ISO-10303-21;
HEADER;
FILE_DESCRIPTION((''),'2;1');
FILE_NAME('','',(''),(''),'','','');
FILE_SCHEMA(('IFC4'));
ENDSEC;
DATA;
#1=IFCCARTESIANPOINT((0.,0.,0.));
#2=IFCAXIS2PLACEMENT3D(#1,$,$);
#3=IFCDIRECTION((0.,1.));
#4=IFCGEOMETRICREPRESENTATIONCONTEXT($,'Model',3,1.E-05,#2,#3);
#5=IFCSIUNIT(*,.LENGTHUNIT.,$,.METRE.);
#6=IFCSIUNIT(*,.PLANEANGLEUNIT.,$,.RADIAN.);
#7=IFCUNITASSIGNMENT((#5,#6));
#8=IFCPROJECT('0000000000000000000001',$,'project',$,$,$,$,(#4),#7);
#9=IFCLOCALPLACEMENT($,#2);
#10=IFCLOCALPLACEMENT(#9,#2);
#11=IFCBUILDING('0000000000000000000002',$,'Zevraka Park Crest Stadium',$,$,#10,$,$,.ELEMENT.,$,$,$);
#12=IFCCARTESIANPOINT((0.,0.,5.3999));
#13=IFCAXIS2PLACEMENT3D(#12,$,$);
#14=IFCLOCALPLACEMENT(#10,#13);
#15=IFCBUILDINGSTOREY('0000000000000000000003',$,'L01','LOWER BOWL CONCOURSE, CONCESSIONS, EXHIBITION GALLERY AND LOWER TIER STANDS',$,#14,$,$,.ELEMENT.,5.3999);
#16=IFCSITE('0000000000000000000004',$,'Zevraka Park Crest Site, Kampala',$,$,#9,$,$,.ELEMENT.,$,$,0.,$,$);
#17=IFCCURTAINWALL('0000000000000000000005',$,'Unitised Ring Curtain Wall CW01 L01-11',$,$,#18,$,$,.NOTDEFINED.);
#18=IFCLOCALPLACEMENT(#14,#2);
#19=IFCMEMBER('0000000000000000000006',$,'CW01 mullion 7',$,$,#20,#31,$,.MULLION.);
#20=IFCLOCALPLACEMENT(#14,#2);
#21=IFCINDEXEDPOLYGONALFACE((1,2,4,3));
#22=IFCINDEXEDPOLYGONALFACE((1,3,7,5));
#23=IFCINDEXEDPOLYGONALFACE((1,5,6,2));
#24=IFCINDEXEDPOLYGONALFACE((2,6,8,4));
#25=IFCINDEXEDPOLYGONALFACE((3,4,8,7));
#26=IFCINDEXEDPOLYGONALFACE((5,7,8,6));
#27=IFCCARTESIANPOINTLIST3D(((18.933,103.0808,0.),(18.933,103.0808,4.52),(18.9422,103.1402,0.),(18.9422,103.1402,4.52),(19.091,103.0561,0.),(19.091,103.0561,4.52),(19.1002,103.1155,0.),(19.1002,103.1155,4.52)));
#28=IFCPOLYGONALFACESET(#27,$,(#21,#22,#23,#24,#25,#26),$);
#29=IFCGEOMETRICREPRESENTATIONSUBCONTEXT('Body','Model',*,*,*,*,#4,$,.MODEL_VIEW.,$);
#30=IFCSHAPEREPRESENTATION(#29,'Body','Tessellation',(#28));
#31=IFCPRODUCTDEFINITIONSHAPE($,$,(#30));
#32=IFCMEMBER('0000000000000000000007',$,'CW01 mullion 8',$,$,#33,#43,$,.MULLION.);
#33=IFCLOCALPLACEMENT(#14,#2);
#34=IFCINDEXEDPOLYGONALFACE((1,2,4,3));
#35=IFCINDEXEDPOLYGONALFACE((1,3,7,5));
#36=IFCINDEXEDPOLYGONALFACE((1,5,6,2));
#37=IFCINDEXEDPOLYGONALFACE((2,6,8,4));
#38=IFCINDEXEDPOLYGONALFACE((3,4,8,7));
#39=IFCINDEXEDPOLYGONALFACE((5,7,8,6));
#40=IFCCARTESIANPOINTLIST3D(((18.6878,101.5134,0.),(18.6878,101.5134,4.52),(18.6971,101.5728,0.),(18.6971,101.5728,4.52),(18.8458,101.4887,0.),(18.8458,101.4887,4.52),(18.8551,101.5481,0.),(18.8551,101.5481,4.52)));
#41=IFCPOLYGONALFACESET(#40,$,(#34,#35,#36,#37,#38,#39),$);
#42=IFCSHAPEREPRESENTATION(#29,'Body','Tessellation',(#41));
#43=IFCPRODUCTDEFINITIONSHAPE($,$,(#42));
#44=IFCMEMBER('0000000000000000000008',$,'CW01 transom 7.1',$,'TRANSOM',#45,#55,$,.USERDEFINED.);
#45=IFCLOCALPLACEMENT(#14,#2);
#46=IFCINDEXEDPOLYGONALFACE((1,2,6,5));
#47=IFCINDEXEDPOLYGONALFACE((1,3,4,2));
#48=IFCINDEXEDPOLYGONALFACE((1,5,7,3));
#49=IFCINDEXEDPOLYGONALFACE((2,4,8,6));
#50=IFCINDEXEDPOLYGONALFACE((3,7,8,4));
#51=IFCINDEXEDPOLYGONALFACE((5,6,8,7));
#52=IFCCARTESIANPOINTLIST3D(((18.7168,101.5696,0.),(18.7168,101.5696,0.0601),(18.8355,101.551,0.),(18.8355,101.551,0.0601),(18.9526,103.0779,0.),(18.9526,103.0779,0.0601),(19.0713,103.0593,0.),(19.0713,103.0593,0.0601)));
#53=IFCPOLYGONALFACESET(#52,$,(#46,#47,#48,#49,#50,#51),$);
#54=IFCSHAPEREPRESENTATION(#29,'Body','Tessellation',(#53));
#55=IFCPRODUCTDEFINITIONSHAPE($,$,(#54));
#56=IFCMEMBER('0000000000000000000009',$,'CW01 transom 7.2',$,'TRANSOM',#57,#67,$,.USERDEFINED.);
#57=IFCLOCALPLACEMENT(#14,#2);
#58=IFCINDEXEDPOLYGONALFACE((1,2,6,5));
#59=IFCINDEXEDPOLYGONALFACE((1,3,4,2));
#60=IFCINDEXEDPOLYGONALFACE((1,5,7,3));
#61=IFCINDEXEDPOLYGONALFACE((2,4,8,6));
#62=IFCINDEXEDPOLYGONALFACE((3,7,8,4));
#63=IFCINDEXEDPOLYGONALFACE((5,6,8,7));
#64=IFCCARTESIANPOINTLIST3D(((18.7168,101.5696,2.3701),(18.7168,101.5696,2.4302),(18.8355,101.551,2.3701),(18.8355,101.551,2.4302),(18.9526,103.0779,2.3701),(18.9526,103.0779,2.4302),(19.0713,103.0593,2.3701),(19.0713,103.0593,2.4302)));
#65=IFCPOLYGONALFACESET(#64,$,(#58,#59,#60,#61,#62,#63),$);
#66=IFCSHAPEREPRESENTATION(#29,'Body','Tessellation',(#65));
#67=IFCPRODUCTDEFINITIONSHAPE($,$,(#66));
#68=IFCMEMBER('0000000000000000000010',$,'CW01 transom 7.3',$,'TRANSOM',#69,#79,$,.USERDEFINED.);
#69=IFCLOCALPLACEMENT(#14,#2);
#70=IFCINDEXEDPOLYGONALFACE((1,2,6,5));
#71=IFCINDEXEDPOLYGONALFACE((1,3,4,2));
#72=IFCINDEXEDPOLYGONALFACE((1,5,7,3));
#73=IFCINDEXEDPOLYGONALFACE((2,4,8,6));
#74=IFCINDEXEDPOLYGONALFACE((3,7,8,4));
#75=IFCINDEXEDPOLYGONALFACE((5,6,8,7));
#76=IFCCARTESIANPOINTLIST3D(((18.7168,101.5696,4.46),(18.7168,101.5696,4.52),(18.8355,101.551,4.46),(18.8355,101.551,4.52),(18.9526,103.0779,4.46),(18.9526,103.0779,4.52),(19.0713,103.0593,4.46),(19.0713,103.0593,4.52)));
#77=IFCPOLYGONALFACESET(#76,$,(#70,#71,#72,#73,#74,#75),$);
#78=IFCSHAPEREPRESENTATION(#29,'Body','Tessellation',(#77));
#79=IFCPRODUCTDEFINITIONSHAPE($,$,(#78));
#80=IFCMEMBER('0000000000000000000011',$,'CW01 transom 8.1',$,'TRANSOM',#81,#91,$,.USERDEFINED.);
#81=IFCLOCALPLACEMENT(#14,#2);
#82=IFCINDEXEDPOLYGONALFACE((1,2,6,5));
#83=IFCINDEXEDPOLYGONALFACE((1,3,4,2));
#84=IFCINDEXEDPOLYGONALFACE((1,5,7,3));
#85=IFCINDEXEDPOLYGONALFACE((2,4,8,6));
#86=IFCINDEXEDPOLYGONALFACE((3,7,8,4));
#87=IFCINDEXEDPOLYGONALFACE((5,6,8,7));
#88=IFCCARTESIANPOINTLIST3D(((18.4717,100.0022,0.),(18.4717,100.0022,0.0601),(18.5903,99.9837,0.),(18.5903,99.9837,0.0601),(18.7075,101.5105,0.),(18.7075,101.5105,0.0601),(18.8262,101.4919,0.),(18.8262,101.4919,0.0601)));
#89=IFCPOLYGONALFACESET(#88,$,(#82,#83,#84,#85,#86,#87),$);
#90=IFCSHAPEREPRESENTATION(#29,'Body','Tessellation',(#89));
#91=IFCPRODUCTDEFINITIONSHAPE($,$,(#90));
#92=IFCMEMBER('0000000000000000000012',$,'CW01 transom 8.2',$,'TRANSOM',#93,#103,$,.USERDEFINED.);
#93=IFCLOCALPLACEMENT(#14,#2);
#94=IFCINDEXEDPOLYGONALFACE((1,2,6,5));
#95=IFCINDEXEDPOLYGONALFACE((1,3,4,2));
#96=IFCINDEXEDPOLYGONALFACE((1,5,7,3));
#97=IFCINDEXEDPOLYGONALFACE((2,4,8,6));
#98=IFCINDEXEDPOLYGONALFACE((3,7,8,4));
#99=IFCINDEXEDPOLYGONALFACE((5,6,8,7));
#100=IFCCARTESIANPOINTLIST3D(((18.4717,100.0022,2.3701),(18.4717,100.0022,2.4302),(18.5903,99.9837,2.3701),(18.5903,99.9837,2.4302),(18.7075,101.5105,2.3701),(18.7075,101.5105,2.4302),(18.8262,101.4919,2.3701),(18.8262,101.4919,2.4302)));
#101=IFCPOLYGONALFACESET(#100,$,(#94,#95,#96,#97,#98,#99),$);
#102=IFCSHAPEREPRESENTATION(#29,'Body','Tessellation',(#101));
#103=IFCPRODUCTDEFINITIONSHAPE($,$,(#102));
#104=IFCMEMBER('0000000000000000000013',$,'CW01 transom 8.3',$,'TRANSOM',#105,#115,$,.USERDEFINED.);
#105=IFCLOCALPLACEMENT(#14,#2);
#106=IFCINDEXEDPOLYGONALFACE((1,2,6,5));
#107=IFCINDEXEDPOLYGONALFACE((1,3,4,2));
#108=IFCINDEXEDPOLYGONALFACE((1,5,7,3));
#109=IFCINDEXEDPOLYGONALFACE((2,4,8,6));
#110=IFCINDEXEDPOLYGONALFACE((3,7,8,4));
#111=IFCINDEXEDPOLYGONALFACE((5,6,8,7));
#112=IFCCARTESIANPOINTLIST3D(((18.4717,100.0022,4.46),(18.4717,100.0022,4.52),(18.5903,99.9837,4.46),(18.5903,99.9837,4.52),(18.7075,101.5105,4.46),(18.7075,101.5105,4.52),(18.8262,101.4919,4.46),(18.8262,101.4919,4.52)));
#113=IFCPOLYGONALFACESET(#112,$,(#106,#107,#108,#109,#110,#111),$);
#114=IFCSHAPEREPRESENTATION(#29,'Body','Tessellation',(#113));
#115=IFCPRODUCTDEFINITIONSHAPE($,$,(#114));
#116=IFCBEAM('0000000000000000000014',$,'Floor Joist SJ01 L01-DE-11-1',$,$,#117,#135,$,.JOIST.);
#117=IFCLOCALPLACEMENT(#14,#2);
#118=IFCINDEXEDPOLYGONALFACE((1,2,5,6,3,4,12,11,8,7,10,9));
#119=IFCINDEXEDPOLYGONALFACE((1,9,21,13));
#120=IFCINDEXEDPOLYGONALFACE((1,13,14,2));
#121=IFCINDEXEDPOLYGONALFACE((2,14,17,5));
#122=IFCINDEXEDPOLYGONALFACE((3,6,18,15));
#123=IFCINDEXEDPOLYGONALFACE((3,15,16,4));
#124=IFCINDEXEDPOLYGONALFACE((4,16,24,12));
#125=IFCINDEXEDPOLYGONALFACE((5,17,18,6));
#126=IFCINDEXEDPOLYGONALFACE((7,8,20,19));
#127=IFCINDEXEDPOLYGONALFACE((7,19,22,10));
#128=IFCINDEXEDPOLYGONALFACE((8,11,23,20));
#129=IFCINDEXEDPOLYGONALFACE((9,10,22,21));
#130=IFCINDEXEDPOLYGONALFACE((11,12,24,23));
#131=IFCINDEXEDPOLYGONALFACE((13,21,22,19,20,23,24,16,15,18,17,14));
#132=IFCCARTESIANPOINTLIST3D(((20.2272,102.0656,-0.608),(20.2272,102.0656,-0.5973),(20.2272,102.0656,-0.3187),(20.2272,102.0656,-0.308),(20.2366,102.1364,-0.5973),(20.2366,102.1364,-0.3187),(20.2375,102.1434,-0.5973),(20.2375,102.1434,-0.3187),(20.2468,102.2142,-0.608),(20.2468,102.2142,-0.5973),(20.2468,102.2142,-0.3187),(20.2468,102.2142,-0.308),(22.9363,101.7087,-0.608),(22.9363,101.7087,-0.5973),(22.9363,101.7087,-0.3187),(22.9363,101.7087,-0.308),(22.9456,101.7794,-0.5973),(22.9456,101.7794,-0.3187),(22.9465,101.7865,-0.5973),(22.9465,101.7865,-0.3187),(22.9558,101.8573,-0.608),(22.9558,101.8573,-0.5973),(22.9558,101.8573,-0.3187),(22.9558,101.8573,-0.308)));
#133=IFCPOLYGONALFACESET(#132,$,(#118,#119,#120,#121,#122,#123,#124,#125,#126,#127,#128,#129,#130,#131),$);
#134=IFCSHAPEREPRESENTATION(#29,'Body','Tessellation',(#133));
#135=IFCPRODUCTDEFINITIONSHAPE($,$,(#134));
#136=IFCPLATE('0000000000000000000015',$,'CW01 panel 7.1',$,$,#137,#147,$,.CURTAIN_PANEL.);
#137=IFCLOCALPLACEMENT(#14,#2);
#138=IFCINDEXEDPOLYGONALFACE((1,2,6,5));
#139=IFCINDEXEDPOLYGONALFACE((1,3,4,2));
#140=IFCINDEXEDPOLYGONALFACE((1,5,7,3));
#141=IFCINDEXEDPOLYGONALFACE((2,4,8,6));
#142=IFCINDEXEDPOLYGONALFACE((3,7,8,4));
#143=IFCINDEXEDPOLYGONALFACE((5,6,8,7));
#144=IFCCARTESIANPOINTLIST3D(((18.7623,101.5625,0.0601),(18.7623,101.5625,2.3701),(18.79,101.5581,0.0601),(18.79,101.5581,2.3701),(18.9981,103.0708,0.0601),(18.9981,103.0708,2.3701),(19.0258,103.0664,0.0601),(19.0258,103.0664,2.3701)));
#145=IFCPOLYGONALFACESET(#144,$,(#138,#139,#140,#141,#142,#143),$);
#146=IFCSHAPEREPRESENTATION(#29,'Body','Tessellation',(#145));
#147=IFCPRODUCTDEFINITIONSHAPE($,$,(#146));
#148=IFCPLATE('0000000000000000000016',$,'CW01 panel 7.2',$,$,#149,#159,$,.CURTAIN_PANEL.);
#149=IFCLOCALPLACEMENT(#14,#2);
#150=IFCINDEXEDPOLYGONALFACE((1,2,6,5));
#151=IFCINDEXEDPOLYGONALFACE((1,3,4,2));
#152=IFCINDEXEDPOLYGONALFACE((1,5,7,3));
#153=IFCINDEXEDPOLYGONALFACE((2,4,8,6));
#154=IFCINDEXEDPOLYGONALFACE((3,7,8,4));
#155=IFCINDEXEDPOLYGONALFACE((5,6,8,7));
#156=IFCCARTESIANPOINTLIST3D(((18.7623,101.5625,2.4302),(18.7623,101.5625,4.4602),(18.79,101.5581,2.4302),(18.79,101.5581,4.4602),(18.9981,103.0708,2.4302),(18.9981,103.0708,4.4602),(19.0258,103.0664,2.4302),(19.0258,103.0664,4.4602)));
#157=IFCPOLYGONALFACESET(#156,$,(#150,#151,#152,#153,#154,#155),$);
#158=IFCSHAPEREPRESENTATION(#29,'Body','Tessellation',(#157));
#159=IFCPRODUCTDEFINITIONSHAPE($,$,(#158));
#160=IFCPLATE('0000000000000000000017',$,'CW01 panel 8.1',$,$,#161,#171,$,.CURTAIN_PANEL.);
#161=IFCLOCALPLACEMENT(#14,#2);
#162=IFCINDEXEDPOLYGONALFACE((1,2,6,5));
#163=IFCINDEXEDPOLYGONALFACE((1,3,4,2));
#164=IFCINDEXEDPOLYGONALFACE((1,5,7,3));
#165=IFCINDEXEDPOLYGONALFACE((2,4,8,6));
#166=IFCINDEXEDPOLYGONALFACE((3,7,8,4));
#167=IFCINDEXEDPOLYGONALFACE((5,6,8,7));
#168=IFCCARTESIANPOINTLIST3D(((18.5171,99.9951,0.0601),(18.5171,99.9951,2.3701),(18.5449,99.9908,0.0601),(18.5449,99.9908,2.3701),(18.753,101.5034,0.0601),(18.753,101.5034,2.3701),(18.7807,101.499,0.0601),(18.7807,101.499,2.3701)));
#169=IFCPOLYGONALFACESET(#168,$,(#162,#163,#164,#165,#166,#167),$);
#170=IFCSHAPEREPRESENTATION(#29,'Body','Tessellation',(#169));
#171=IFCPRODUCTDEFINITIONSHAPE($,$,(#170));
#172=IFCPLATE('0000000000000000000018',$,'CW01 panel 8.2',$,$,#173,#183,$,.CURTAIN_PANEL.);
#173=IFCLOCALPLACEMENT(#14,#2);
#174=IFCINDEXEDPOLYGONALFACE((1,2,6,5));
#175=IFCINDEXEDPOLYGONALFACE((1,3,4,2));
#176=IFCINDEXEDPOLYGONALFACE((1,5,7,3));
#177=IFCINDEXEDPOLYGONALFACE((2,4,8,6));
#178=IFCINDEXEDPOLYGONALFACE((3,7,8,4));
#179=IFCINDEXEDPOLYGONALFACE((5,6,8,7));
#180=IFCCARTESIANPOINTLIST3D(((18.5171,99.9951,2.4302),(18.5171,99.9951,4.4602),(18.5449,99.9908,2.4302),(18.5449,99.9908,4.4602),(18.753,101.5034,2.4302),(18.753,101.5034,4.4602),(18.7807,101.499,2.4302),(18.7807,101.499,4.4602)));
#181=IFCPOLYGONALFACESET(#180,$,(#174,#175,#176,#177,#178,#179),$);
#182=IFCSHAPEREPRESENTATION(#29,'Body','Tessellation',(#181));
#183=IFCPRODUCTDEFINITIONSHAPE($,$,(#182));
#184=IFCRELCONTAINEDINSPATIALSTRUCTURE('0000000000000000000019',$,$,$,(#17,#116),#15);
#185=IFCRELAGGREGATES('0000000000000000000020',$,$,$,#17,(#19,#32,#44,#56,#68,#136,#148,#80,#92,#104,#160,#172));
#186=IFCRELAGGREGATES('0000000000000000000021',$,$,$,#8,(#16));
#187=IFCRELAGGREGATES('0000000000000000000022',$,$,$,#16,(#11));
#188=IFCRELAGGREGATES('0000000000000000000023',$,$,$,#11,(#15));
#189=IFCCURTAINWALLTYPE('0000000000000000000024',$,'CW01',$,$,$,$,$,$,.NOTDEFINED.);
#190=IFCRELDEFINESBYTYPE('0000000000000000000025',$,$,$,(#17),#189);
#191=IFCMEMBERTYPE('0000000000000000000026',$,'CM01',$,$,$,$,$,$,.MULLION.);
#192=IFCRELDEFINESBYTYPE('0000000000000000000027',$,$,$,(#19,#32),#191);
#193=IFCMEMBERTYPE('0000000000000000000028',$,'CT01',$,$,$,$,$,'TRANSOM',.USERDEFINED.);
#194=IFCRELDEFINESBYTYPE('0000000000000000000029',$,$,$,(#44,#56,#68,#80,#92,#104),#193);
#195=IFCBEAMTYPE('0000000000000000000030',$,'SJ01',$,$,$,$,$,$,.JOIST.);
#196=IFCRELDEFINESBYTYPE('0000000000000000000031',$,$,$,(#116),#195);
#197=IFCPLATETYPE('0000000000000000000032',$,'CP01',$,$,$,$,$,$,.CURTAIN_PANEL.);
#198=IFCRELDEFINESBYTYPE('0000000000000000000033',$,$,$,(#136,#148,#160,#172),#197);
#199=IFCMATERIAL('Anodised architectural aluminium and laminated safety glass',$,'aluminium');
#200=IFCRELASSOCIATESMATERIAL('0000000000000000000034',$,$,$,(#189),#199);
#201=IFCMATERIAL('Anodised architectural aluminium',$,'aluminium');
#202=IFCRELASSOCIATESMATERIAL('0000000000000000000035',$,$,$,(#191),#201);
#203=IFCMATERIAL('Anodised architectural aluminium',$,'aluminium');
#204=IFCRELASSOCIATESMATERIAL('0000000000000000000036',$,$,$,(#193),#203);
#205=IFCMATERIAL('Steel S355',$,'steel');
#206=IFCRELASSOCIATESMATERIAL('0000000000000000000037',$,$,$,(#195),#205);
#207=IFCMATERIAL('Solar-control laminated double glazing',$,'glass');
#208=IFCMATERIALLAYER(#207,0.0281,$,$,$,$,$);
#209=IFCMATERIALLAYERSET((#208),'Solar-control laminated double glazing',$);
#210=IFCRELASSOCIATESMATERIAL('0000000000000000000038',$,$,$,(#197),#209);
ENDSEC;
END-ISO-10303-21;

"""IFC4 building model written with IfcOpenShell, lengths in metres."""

from ifc_helpers import new_model, si_unit, direction, frame, origin, origin_2d, place, context, subcontext, project, spatial, rectangle, i_section, extrude, material, layer, layer_set, material_profile, profile_set, type_object, element, aggregate, save


model = new_model("IFC4")

# Units and contexts
model_context = context("Model", 3, precision=1e-05, world=origin(), true_north=direction((0.0, 1.0)))
body_context = subcontext(model_context, "Body", "Model", "MODEL_VIEW")
ifc_project = project(units=[si_unit("LENGTHUNIT", "METRE"), si_unit("PLANEANGLEUNIT", "RADIAN")], contexts=[model_context])

# Site, building, storey
site_placement = place(None, origin())
site = spatial("IfcSite", under=ifc_project, at=site_placement, Name="Zevraka Park Crest Site, Kampala", CompositionType="ELEMENT", RefElevation=0.0)
building_placement = place(site_placement, origin())
building = spatial("IfcBuilding", under=site, at=building_placement, Name="Zevraka Park Crest Stadium", CompositionType="ELEMENT")
storey_placement = place(building_placement, frame((0.0, 0.0, 5.3999)))
storey = spatial("IfcBuildingStorey", under=building, at=storey_placement, Name="L01", Description="LOWER BOWL CONCOURSE, CONCESSIONS, EXHIBITION GALLERY AND LOWER TIER STANDS", CompositionType="ELEMENT", Elevation=5.3999)

# Curtain wall, members
ifc_material_1 = material(Name="Anodised architectural aluminium and laminated safety glass", Category="aluminium")
curtain_wall_type = type_object("IfcCurtainWallType", Name="CW01", PredefinedType="NOTDEFINED", material=ifc_material_1)
curtain_wall_placement = place(storey_placement, origin())
curtain_wall = element("IfcCurtainWall", 1, at=curtain_wall_placement, inside=storey, type_object=curtain_wall_type, Name="Unitised Ring Curtain Wall CW01 L01-11", PredefinedType="NOTDEFINED")
ifc_material_2 = material(Name="Anodised architectural aluminium", Category="aluminium")
ifc_material_profile_1 = material_profile(ifc_material_2, rectangle(XDim=0.1599, YDim=0.0601, at=origin_2d()), Name="ALU MULLION 160x60")
ifc_profile_set_1 = profile_set([ifc_material_profile_1], Name="Anodised architectural aluminium")
member_type_1 = type_object("IfcMemberType", Name="CM01", PredefinedType="MULLION", material=ifc_profile_set_1)
member_1_placement = place(storey_placement, frame((19.0166, 103.0981, 0.0), z_axis=(0.0, 0.0, 1.0), x_axis=(0.987997, -0.154476, 0.0)))
member_1 = element("IfcMember", 2, at=member_1_placement, type_object=member_type_1, Name="CW01 mullion 7", PredefinedType="MULLION", context=body_context, shape_type="SweptSolid", body=[
    extrude(rectangle(XDim=0.1599, YDim=0.0601, at=origin_2d()), origin(), (0.0, 0.0, 1.0), 4.52),
])
member_2_placement = place(storey_placement, frame((18.7715, 101.5308, 0.0), z_axis=(0.0, 0.0, 1.0), x_axis=(0.987997, -0.154476, 0.0)))
member_2 = element("IfcMember", 3, at=member_2_placement, type_object=member_type_1, Name="CW01 mullion 8", PredefinedType="MULLION", context=body_context, shape_type="SweptSolid", body=[
    extrude(rectangle(XDim=0.1599, YDim=0.0601, at=origin_2d()), origin(), (0.0, 0.0, 1.0), 4.52),
])
ifc_material_3 = material(Name="Anodised architectural aluminium", Category="aluminium")
ifc_material_profile_2 = material_profile(ifc_material_3, rectangle(XDim=0.1201, YDim=0.0601, at=origin_2d()), Name="ALU TRANSOM 120x60")
ifc_profile_set_2 = profile_set([ifc_material_profile_2], Name="Anodised architectural aluminium")
member_type_2 = type_object("IfcMemberType", Name="CT01", ElementType="TRANSOM", PredefinedType="USERDEFINED", material=ifc_profile_set_2)
member_3_placement = place(storey_placement, frame((19.012, 103.0686, 0.03), z_axis=(-0.154484, -0.987995, 0.0), x_axis=(0.987995, -0.154484, 0.0)))
member_3 = element("IfcMember", 4, at=member_3_placement, type_object=member_type_2, Name="CW01 transom 7.1", ObjectType="TRANSOM", PredefinedType="USERDEFINED", context=body_context, shape_type="SweptSolid", body=[
    extrude(rectangle(XDim=0.1201, YDim=0.0601, at=origin_2d()), origin(), (0.0, 0.0, 1.0), 1.5266),
])
member_4_placement = place(storey_placement, frame((19.012, 103.0686, 2.4001), z_axis=(-0.154484, -0.987995, 0.0), x_axis=(0.987995, -0.154484, 0.0)))
member_4 = element("IfcMember", 5, at=member_4_placement, type_object=member_type_2, Name="CW01 transom 7.2", ObjectType="TRANSOM", PredefinedType="USERDEFINED", context=body_context, shape_type="SweptSolid", body=[
    extrude(rectangle(XDim=0.1201, YDim=0.0601, at=origin_2d()), origin(), (0.0, 0.0, 1.0), 1.5266),
])
member_5_placement = place(storey_placement, frame((19.012, 103.0686, 4.49), z_axis=(-0.154484, -0.987995, 0.0), x_axis=(0.987995, -0.154484, 0.0)))
member_5 = element("IfcMember", 6, at=member_5_placement, type_object=member_type_2, Name="CW01 transom 7.3", ObjectType="TRANSOM", PredefinedType="USERDEFINED", context=body_context, shape_type="SweptSolid", body=[
    extrude(rectangle(XDim=0.1201, YDim=0.0601, at=origin_2d()), origin(), (0.0, 0.0, 1.0), 1.5266),
])
member_6_placement = place(storey_placement, frame((18.7668, 101.5012, 0.03), z_axis=(-0.154484, -0.987995, 0.0), x_axis=(0.987995, -0.154484, 0.0)))
member_6 = element("IfcMember", 7, at=member_6_placement, type_object=member_type_2, Name="CW01 transom 8.1", ObjectType="TRANSOM", PredefinedType="USERDEFINED", context=body_context, shape_type="SweptSolid", body=[
    extrude(rectangle(XDim=0.1201, YDim=0.0601, at=origin_2d()), origin(), (0.0, 0.0, 1.0), 1.5266),
])
member_7_placement = place(storey_placement, frame((18.7668, 101.5012, 2.4001), z_axis=(-0.154484, -0.987995, 0.0), x_axis=(0.987995, -0.154484, 0.0)))
member_7 = element("IfcMember", 8, at=member_7_placement, type_object=member_type_2, Name="CW01 transom 8.2", ObjectType="TRANSOM", PredefinedType="USERDEFINED", context=body_context, shape_type="SweptSolid", body=[
    extrude(rectangle(XDim=0.1201, YDim=0.0601, at=origin_2d()), origin(), (0.0, 0.0, 1.0), 1.5266),
])
member_8_placement = place(storey_placement, frame((18.7668, 101.5012, 4.49), z_axis=(-0.154484, -0.987995, 0.0), x_axis=(0.987995, -0.154484, 0.0)))
member_8 = element("IfcMember", 9, at=member_8_placement, type_object=member_type_2, Name="CW01 transom 8.3", ObjectType="TRANSOM", PredefinedType="USERDEFINED", context=body_context, shape_type="SweptSolid", body=[
    extrude(rectangle(XDim=0.1201, YDim=0.0601, at=origin_2d()), origin(), (0.0, 0.0, 1.0), 1.5266),
])

# Beam
ifc_material_4 = material(Name="Steel S355", Category="steel")
ifc_material_profile_3 = material_profile(ifc_material_4, i_section(OverallWidth=0.1499, OverallDepth=0.3, WebThickness=0.0071, FlangeThickness=0.0107, at=origin_2d()), Name="IPE 300")
ifc_profile_set_3 = profile_set([ifc_material_profile_3], Name="Steel S355")
beam_type = type_object("IfcBeamType", Name="SJ01", PredefinedType="JOIST", material=ifc_profile_set_3)
beam_placement = place(storey_placement, frame((22.946, 101.783, -0.458), z_axis=(-0.991431, 0.13063, 0.0), x_axis=(-0.13063, -0.991431, 0.0)))
element("IfcBeam", 10, at=beam_placement, inside=storey, type_object=beam_type, Name="Floor Joist SJ01 L01-DE-11-1", PredefinedType="JOIST", context=body_context, shape_type="SweptSolid", body=[
    extrude(i_section(OverallWidth=0.1499, OverallDepth=0.3, WebThickness=0.0071, FlangeThickness=0.0107, at=origin_2d()), origin(), (0.0, 0.0, 1.0), 2.7324),
])

# Plates
ifc_material_5 = material(Name="Solar-control laminated double glazing", Category="glass")
ifc_layer_1 = layer(ifc_material_5, 0.0281)
ifc_layer_set_1 = layer_set([ifc_layer_1], Name="Solar-control laminated double glazing")
plate_type = type_object("IfcPlateType", Name="CP01", PredefinedType="CURTAIN_PANEL", material=ifc_layer_set_1)
plate_1_placement = place(storey_placement, frame((18.894, 102.3145, 0.0601), z_axis=(0.0, 0.0, 1.0), x_axis=(-0.154476, -0.987997, 0.0)))
plate_1 = element("IfcPlate", 11, at=plate_1_placement, type_object=plate_type, Name="CW01 panel 7.1", PredefinedType="CURTAIN_PANEL", context=body_context, shape_type="SweptSolid", body=[
    extrude(rectangle(XDim=1.5266, YDim=0.0281, at=origin_2d()), origin(), (0.0, 0.0, 1.0), 2.3101),
])
plate_2_placement = place(storey_placement, frame((18.894, 102.3145, 2.4302), z_axis=(0.0, 0.0, 1.0), x_axis=(-0.154476, -0.987997, 0.0)))
plate_2 = element("IfcPlate", 12, at=plate_2_placement, type_object=plate_type, Name="CW01 panel 7.2", PredefinedType="CURTAIN_PANEL", context=body_context, shape_type="SweptSolid", body=[
    extrude(rectangle(XDim=1.5266, YDim=0.0281, at=origin_2d()), origin(), (0.0, 0.0, 1.0), 2.03),
])
plate_3_placement = place(storey_placement, frame((18.6489, 100.7471, 0.0601), z_axis=(0.0, 0.0, 1.0), x_axis=(-0.154476, -0.987997, 0.0)))
plate_3 = element("IfcPlate", 13, at=plate_3_placement, type_object=plate_type, Name="CW01 panel 8.1", PredefinedType="CURTAIN_PANEL", context=body_context, shape_type="SweptSolid", body=[
    extrude(rectangle(XDim=1.5266, YDim=0.0281, at=origin_2d()), origin(), (0.0, 0.0, 1.0), 2.3101),
])
plate_4_placement = place(storey_placement, frame((18.6489, 100.7471, 2.4302), z_axis=(0.0, 0.0, 1.0), x_axis=(-0.154476, -0.987997, 0.0)))
plate_4 = element("IfcPlate", 14, at=plate_4_placement, type_object=plate_type, Name="CW01 panel 8.2", PredefinedType="CURTAIN_PANEL", context=body_context, shape_type="SweptSolid", body=[
    extrude(rectangle(XDim=1.5266, YDim=0.0281, at=origin_2d()), origin(), (0.0, 0.0, 1.0), 2.03),
])
aggregate(curtain_wall, [member_1, member_2, member_3, member_4, member_5, plate_1, plate_2, member_6, member_7, member_8, plate_3, plate_4])

save(model, "model.ifc")
